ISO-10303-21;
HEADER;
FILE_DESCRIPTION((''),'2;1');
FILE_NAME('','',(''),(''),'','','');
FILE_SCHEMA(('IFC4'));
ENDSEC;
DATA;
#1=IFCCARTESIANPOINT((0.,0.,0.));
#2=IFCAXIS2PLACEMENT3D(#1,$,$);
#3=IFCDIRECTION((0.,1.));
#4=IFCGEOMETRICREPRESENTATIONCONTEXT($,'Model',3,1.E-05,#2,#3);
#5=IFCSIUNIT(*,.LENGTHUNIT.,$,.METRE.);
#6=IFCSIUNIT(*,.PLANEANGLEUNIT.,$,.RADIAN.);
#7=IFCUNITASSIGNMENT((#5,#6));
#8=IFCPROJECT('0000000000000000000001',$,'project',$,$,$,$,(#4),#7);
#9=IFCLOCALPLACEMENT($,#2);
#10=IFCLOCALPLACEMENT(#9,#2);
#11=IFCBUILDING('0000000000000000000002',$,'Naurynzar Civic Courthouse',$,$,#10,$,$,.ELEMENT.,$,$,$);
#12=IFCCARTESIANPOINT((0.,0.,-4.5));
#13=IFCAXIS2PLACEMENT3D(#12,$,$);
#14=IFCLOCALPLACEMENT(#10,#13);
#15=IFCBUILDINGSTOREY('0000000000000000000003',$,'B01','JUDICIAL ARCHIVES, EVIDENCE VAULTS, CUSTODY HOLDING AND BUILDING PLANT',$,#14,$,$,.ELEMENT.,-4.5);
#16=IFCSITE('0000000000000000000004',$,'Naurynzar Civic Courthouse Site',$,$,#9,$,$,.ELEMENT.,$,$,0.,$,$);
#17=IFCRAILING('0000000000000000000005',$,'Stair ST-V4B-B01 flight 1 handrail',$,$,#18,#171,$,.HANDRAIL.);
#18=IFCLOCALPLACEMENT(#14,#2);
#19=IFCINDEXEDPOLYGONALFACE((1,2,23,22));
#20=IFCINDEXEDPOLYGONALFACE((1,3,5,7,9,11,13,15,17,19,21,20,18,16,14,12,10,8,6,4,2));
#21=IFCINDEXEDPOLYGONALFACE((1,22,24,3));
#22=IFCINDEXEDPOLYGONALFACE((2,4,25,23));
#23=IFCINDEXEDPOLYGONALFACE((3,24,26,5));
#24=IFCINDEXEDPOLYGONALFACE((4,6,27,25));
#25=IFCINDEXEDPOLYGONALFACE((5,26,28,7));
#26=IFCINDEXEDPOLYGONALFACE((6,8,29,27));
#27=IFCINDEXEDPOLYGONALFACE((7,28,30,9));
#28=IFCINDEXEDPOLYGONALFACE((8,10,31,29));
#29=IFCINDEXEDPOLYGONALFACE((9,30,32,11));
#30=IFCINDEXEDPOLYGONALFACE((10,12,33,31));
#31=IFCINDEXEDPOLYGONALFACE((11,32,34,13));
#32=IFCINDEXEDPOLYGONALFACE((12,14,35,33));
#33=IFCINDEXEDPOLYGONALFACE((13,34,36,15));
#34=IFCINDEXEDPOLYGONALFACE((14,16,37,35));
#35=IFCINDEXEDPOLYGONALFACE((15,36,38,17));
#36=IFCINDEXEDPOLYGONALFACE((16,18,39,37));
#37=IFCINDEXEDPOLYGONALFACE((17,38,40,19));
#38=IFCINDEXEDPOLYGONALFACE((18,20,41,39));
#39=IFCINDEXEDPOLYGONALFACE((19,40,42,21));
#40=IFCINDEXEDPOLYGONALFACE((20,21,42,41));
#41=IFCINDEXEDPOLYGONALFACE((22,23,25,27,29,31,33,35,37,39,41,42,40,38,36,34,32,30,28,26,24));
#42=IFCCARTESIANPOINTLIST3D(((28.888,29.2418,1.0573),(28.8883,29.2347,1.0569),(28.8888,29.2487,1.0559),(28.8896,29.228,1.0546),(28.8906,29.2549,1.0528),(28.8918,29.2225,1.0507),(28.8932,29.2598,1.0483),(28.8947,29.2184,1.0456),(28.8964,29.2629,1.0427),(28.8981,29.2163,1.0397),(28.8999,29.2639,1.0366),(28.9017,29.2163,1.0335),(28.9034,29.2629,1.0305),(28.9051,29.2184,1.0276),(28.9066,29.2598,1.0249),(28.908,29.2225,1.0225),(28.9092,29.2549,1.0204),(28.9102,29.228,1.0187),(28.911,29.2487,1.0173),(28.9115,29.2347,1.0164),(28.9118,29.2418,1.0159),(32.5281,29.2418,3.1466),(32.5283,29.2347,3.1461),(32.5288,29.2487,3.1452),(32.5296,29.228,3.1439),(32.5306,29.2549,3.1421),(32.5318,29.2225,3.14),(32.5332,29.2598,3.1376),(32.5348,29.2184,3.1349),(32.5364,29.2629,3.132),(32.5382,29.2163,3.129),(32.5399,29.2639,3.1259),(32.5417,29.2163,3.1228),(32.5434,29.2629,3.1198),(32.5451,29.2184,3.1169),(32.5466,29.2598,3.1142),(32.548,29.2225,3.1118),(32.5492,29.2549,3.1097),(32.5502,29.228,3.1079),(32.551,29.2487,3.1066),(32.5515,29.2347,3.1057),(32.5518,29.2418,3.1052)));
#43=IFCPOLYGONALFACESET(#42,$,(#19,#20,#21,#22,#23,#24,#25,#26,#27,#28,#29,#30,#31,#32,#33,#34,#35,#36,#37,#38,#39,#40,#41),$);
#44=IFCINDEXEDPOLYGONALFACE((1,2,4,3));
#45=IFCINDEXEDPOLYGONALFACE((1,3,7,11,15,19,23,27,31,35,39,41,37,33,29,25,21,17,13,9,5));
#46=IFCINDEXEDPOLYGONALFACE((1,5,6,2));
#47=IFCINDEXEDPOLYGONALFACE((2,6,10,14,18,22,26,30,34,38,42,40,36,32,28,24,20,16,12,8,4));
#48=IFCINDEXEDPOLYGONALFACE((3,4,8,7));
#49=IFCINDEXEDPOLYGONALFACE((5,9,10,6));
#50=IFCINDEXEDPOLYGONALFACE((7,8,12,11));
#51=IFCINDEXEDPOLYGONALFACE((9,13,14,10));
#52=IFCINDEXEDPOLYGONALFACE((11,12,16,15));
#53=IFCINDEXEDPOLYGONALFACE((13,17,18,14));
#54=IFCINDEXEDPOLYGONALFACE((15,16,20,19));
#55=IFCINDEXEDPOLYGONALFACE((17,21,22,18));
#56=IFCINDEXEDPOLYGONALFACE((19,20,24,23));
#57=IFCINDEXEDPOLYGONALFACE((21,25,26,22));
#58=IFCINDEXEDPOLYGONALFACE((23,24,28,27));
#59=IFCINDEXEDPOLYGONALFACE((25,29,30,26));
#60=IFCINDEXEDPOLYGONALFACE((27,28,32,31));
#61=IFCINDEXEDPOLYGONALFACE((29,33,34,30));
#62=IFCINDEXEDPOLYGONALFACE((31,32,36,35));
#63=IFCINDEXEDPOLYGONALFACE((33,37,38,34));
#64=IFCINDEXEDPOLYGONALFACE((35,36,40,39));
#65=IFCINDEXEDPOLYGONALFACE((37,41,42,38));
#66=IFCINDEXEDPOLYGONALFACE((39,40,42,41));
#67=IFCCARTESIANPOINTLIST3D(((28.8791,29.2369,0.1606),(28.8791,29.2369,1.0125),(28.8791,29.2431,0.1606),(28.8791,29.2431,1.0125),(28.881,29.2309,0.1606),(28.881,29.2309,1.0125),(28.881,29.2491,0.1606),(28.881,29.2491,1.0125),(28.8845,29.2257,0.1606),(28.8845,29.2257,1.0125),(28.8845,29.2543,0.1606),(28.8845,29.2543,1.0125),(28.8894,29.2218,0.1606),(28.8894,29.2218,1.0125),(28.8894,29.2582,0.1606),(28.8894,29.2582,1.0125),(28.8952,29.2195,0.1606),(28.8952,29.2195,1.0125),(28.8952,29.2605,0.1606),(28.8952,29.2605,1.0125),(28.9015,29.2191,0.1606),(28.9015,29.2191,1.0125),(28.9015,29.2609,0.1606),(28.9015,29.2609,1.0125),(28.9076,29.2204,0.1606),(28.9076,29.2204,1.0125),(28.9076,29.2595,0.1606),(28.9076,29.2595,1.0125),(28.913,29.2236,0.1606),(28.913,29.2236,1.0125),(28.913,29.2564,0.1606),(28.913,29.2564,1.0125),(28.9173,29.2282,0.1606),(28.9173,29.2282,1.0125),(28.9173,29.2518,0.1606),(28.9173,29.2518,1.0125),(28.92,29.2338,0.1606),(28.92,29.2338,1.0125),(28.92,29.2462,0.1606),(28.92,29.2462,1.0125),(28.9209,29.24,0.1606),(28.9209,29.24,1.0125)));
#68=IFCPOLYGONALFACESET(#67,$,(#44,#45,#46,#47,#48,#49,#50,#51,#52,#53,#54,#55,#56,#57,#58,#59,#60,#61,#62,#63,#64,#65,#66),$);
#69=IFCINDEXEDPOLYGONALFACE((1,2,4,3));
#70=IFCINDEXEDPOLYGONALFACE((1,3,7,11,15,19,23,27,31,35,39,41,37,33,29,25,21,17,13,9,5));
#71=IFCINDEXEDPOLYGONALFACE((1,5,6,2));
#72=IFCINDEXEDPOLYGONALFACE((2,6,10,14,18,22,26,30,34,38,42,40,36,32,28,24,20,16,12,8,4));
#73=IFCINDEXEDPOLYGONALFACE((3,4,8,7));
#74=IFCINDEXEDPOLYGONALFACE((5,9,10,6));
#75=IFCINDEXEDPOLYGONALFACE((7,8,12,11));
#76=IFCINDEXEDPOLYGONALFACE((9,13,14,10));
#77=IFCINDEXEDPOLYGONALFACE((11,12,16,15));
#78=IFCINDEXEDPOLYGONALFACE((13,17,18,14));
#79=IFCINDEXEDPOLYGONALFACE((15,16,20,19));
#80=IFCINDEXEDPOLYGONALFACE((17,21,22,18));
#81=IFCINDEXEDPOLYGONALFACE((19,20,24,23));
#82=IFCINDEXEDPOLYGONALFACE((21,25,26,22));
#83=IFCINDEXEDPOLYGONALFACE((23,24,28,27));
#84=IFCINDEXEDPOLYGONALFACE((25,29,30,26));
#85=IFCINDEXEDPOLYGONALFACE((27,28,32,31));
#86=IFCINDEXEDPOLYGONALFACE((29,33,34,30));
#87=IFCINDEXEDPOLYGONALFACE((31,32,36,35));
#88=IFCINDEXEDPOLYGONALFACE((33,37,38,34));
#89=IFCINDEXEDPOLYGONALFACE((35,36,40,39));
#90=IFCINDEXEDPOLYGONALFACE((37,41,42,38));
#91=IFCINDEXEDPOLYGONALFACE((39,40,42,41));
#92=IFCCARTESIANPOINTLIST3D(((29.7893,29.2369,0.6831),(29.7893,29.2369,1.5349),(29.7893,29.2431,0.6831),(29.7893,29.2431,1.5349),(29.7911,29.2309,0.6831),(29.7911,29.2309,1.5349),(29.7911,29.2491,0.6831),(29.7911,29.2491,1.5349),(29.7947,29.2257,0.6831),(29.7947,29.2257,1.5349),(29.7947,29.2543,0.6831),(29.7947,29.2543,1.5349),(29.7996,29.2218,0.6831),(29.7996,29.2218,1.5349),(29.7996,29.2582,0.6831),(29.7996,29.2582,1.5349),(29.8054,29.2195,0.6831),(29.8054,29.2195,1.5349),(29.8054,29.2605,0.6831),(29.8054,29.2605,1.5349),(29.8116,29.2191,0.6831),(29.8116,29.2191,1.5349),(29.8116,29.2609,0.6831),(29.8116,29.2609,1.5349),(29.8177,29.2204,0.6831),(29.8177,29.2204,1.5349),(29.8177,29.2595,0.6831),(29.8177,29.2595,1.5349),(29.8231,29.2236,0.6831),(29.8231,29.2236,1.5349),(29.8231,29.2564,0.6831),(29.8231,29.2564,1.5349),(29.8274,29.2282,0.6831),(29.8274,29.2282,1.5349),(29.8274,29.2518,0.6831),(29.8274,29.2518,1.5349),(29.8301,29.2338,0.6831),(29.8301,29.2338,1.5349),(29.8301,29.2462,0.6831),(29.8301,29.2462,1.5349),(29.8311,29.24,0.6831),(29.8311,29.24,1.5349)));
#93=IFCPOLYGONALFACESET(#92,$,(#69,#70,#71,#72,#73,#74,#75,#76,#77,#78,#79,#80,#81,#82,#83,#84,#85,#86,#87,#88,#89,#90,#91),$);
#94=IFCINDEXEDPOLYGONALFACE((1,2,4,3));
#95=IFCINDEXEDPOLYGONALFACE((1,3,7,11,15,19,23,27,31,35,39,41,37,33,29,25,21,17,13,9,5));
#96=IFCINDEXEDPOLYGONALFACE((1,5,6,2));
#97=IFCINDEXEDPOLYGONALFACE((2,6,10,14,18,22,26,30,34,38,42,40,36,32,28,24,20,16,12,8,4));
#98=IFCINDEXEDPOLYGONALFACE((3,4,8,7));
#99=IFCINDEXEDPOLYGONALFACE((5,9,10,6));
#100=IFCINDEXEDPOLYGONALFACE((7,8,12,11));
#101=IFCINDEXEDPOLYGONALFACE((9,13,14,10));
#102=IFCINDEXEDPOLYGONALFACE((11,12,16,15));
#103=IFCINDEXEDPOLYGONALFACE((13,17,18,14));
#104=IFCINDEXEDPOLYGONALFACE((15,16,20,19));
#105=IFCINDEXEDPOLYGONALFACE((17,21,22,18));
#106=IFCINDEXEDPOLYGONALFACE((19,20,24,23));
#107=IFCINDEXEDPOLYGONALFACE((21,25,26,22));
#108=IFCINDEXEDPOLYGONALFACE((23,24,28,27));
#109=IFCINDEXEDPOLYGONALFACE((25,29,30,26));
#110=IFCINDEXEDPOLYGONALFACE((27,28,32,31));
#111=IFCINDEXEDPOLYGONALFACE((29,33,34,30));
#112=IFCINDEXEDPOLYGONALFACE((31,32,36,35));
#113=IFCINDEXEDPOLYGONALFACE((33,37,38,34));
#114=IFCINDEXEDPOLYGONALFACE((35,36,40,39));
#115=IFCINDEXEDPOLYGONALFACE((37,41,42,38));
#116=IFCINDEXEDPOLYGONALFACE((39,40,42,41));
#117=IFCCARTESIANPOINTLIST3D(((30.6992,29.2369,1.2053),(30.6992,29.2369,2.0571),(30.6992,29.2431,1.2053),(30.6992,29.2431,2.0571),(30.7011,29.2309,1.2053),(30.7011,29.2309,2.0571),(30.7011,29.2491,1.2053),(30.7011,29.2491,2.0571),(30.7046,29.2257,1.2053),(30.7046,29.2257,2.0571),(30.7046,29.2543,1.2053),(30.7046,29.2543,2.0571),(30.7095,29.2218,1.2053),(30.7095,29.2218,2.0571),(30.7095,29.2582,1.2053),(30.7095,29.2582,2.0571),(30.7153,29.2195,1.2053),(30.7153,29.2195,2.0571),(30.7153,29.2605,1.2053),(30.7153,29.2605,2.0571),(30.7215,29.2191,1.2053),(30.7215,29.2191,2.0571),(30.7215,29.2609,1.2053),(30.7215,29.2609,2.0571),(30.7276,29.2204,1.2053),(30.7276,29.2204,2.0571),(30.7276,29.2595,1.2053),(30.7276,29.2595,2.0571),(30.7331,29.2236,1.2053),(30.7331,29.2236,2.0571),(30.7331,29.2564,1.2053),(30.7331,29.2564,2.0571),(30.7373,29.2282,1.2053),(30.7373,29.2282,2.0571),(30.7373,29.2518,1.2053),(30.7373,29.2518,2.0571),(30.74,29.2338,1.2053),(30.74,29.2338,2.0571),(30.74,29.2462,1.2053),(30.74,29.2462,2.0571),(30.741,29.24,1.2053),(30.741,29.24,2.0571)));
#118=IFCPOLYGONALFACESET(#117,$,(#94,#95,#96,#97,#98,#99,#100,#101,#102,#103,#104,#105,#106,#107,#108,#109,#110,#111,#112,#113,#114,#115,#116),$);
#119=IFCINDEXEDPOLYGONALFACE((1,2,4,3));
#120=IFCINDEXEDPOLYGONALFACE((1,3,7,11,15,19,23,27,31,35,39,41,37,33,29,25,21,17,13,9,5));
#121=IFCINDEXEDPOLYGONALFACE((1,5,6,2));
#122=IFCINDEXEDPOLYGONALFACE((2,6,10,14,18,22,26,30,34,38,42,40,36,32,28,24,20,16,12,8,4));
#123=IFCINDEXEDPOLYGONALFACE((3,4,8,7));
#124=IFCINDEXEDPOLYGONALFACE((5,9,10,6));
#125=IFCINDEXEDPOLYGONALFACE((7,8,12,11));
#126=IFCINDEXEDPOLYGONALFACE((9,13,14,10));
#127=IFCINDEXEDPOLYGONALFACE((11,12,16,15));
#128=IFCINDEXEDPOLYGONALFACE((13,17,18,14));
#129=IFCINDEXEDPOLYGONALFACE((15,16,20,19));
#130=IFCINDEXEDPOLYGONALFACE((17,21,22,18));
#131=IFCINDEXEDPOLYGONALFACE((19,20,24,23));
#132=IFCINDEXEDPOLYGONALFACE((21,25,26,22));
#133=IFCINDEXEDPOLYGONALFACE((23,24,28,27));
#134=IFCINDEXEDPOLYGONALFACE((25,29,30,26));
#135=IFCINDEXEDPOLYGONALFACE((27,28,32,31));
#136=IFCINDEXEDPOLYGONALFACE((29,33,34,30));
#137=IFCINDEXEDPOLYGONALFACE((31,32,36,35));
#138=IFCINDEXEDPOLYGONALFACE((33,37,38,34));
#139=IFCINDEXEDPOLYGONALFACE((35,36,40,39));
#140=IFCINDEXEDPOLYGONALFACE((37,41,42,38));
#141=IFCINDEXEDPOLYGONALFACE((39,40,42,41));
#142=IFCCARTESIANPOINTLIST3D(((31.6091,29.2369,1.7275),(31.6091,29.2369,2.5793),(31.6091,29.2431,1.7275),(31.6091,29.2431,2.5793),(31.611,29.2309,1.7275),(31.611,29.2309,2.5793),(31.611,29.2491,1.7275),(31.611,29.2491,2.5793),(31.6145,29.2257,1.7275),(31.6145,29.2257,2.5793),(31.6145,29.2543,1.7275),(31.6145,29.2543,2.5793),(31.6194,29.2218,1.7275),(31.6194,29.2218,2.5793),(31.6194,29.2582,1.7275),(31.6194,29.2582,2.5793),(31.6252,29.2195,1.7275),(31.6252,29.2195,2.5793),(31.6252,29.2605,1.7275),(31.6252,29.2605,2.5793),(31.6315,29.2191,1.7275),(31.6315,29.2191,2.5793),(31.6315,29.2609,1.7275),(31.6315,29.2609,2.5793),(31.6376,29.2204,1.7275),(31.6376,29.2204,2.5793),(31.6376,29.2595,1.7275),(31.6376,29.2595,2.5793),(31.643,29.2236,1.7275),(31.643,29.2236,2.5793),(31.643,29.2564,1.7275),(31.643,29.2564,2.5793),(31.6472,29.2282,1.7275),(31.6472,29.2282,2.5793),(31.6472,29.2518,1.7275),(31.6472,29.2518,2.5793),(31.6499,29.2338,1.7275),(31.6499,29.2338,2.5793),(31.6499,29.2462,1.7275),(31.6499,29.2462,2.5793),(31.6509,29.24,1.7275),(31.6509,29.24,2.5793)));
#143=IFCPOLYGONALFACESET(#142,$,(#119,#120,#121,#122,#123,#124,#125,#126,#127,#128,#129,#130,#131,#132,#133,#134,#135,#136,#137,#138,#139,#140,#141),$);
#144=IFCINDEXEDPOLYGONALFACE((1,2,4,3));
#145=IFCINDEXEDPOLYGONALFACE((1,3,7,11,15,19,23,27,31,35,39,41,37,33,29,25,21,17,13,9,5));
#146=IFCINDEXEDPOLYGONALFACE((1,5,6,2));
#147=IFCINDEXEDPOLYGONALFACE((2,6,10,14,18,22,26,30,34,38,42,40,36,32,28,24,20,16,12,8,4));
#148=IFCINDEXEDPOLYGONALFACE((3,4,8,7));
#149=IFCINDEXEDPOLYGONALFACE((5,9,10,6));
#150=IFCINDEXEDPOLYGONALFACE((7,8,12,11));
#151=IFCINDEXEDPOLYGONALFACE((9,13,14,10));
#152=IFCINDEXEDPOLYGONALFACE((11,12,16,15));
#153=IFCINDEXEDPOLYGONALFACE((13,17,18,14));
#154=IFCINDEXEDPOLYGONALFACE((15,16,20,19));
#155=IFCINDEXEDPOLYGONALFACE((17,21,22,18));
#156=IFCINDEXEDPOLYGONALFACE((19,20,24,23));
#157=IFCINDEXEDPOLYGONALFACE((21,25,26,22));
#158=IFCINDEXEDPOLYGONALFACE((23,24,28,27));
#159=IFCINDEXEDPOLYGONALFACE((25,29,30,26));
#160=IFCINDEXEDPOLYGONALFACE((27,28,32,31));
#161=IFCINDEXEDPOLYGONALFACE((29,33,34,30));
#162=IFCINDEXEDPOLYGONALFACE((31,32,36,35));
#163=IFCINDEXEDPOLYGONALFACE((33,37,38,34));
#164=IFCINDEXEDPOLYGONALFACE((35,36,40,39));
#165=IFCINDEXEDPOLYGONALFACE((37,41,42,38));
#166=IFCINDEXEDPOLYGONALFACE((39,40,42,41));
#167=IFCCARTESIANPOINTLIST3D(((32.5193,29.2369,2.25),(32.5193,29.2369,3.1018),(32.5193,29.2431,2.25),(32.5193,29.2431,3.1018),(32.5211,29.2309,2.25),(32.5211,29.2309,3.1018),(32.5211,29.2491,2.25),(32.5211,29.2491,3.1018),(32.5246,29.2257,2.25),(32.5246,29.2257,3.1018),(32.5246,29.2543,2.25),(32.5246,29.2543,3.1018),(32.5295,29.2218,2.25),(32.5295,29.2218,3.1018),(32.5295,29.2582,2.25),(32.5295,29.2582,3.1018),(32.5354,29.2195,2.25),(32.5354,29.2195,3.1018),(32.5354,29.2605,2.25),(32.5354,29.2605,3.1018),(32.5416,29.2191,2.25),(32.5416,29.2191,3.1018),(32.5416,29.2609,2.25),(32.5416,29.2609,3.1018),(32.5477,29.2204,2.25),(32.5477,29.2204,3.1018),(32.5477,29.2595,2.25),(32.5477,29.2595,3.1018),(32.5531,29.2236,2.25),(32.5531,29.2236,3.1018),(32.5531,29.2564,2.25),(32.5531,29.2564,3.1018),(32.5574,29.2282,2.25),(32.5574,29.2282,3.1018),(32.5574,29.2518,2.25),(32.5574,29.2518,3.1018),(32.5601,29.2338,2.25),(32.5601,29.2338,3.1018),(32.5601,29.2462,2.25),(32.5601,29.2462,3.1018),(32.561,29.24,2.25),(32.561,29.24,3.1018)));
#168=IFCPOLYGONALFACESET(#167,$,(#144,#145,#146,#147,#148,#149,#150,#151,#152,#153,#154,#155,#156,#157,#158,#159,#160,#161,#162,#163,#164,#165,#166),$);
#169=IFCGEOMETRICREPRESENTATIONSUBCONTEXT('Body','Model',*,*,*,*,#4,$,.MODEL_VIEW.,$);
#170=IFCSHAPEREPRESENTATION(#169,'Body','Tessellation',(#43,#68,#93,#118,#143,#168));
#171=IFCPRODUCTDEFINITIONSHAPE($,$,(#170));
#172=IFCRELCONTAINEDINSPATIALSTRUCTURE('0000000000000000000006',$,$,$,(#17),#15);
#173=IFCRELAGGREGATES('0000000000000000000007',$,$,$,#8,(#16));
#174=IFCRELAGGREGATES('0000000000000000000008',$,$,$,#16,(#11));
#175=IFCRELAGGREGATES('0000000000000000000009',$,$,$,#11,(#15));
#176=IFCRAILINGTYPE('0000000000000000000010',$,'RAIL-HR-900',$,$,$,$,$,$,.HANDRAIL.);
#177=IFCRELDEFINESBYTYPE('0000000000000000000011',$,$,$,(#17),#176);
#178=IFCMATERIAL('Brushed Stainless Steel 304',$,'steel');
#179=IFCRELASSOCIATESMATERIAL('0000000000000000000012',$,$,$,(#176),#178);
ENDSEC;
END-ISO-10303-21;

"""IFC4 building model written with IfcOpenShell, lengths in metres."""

from ifc_helpers import new_model, si_unit, direction, frame, origin, origin_2d, place, context, subcontext, project, spatial, circle, extrude, material, type_object, element, save


model = new_model("IFC4")

# Units and contexts
model_context = context("Model", 3, precision=1e-05, world=origin(), true_north=direction((0.0, 1.0)))
body_context = subcontext(model_context, "Body", "Model", "MODEL_VIEW")
ifc_project = project(units=[si_unit("LENGTHUNIT", "METRE"), si_unit("PLANEANGLEUNIT", "RADIAN")], contexts=[model_context])

# Site, building, storey
site_placement = place(None, origin())
site = spatial("IfcSite", under=ifc_project, at=site_placement, Name="Naurynzar Civic Courthouse Site", CompositionType="ELEMENT", RefElevation=0.0)
building_placement = place(site_placement, origin())
building = spatial("IfcBuilding", under=site, at=building_placement, Name="Naurynzar Civic Courthouse", CompositionType="ELEMENT")
storey_placement = place(building_placement, frame((0.0, 0.0, -4.5)))
storey = spatial("IfcBuildingStorey", under=building, at=storey_placement, Name="B01", Description="JUDICIAL ARCHIVES, EVIDENCE VAULTS, CUSTODY HOLDING AND BUILDING PLANT", CompositionType="ELEMENT", Elevation=-4.5)

# Railing
ifc_material_1 = material(Name="Brushed Stainless Steel 304", Category="steel")
railing_type_1 = type_object("IfcRailingType", Name="RAIL-HR-900", PredefinedType="HANDRAIL", material=ifc_material_1)
railing_1_placement = place(storey_placement, frame((28.8999, 29.24, 0.1606)))
element("IfcRailing", 1, at=railing_1_placement, inside=storey, type_object=railing_type_1, Name="Stair ST-V4B-B01 flight 1 handrail", PredefinedType="HANDRAIL", context=body_context, shape_type="SweptSolid", body=[
    extrude(circle(Radius=0.0239, at=origin_2d()), frame((0.0, 0.0, 0.876), z_axis=(0.867289, 0.0, 0.497804), x_axis=(0.0, 1.0, 0.0)), (0.0, 0.0, 1.0), 4.197),
    extrude(circle(Radius=0.021, at=origin_2d()), origin(), (0.0, 0.0, 1.0), 0.8518),
    extrude(circle(Radius=0.021, at=origin_2d()), frame((0.9102, 0.0, 0.5225)), (0.0, 0.0, 1.0), 0.8518),
    extrude(circle(Radius=0.021, at=origin_2d()), frame((1.8201, 0.0, 1.0447)), (0.0, 0.0, 1.0), 0.8518),
    extrude(circle(Radius=0.021, at=origin_2d()), frame((2.73, 0.0, 1.5669)), (0.0, 0.0, 1.0), 0.8518),
    extrude(circle(Radius=0.021, at=origin_2d()), frame((3.6401, 0.0, 2.0894)), (0.0, 0.0, 1.0), 0.8518),
])

save(model, "model.ifc")
